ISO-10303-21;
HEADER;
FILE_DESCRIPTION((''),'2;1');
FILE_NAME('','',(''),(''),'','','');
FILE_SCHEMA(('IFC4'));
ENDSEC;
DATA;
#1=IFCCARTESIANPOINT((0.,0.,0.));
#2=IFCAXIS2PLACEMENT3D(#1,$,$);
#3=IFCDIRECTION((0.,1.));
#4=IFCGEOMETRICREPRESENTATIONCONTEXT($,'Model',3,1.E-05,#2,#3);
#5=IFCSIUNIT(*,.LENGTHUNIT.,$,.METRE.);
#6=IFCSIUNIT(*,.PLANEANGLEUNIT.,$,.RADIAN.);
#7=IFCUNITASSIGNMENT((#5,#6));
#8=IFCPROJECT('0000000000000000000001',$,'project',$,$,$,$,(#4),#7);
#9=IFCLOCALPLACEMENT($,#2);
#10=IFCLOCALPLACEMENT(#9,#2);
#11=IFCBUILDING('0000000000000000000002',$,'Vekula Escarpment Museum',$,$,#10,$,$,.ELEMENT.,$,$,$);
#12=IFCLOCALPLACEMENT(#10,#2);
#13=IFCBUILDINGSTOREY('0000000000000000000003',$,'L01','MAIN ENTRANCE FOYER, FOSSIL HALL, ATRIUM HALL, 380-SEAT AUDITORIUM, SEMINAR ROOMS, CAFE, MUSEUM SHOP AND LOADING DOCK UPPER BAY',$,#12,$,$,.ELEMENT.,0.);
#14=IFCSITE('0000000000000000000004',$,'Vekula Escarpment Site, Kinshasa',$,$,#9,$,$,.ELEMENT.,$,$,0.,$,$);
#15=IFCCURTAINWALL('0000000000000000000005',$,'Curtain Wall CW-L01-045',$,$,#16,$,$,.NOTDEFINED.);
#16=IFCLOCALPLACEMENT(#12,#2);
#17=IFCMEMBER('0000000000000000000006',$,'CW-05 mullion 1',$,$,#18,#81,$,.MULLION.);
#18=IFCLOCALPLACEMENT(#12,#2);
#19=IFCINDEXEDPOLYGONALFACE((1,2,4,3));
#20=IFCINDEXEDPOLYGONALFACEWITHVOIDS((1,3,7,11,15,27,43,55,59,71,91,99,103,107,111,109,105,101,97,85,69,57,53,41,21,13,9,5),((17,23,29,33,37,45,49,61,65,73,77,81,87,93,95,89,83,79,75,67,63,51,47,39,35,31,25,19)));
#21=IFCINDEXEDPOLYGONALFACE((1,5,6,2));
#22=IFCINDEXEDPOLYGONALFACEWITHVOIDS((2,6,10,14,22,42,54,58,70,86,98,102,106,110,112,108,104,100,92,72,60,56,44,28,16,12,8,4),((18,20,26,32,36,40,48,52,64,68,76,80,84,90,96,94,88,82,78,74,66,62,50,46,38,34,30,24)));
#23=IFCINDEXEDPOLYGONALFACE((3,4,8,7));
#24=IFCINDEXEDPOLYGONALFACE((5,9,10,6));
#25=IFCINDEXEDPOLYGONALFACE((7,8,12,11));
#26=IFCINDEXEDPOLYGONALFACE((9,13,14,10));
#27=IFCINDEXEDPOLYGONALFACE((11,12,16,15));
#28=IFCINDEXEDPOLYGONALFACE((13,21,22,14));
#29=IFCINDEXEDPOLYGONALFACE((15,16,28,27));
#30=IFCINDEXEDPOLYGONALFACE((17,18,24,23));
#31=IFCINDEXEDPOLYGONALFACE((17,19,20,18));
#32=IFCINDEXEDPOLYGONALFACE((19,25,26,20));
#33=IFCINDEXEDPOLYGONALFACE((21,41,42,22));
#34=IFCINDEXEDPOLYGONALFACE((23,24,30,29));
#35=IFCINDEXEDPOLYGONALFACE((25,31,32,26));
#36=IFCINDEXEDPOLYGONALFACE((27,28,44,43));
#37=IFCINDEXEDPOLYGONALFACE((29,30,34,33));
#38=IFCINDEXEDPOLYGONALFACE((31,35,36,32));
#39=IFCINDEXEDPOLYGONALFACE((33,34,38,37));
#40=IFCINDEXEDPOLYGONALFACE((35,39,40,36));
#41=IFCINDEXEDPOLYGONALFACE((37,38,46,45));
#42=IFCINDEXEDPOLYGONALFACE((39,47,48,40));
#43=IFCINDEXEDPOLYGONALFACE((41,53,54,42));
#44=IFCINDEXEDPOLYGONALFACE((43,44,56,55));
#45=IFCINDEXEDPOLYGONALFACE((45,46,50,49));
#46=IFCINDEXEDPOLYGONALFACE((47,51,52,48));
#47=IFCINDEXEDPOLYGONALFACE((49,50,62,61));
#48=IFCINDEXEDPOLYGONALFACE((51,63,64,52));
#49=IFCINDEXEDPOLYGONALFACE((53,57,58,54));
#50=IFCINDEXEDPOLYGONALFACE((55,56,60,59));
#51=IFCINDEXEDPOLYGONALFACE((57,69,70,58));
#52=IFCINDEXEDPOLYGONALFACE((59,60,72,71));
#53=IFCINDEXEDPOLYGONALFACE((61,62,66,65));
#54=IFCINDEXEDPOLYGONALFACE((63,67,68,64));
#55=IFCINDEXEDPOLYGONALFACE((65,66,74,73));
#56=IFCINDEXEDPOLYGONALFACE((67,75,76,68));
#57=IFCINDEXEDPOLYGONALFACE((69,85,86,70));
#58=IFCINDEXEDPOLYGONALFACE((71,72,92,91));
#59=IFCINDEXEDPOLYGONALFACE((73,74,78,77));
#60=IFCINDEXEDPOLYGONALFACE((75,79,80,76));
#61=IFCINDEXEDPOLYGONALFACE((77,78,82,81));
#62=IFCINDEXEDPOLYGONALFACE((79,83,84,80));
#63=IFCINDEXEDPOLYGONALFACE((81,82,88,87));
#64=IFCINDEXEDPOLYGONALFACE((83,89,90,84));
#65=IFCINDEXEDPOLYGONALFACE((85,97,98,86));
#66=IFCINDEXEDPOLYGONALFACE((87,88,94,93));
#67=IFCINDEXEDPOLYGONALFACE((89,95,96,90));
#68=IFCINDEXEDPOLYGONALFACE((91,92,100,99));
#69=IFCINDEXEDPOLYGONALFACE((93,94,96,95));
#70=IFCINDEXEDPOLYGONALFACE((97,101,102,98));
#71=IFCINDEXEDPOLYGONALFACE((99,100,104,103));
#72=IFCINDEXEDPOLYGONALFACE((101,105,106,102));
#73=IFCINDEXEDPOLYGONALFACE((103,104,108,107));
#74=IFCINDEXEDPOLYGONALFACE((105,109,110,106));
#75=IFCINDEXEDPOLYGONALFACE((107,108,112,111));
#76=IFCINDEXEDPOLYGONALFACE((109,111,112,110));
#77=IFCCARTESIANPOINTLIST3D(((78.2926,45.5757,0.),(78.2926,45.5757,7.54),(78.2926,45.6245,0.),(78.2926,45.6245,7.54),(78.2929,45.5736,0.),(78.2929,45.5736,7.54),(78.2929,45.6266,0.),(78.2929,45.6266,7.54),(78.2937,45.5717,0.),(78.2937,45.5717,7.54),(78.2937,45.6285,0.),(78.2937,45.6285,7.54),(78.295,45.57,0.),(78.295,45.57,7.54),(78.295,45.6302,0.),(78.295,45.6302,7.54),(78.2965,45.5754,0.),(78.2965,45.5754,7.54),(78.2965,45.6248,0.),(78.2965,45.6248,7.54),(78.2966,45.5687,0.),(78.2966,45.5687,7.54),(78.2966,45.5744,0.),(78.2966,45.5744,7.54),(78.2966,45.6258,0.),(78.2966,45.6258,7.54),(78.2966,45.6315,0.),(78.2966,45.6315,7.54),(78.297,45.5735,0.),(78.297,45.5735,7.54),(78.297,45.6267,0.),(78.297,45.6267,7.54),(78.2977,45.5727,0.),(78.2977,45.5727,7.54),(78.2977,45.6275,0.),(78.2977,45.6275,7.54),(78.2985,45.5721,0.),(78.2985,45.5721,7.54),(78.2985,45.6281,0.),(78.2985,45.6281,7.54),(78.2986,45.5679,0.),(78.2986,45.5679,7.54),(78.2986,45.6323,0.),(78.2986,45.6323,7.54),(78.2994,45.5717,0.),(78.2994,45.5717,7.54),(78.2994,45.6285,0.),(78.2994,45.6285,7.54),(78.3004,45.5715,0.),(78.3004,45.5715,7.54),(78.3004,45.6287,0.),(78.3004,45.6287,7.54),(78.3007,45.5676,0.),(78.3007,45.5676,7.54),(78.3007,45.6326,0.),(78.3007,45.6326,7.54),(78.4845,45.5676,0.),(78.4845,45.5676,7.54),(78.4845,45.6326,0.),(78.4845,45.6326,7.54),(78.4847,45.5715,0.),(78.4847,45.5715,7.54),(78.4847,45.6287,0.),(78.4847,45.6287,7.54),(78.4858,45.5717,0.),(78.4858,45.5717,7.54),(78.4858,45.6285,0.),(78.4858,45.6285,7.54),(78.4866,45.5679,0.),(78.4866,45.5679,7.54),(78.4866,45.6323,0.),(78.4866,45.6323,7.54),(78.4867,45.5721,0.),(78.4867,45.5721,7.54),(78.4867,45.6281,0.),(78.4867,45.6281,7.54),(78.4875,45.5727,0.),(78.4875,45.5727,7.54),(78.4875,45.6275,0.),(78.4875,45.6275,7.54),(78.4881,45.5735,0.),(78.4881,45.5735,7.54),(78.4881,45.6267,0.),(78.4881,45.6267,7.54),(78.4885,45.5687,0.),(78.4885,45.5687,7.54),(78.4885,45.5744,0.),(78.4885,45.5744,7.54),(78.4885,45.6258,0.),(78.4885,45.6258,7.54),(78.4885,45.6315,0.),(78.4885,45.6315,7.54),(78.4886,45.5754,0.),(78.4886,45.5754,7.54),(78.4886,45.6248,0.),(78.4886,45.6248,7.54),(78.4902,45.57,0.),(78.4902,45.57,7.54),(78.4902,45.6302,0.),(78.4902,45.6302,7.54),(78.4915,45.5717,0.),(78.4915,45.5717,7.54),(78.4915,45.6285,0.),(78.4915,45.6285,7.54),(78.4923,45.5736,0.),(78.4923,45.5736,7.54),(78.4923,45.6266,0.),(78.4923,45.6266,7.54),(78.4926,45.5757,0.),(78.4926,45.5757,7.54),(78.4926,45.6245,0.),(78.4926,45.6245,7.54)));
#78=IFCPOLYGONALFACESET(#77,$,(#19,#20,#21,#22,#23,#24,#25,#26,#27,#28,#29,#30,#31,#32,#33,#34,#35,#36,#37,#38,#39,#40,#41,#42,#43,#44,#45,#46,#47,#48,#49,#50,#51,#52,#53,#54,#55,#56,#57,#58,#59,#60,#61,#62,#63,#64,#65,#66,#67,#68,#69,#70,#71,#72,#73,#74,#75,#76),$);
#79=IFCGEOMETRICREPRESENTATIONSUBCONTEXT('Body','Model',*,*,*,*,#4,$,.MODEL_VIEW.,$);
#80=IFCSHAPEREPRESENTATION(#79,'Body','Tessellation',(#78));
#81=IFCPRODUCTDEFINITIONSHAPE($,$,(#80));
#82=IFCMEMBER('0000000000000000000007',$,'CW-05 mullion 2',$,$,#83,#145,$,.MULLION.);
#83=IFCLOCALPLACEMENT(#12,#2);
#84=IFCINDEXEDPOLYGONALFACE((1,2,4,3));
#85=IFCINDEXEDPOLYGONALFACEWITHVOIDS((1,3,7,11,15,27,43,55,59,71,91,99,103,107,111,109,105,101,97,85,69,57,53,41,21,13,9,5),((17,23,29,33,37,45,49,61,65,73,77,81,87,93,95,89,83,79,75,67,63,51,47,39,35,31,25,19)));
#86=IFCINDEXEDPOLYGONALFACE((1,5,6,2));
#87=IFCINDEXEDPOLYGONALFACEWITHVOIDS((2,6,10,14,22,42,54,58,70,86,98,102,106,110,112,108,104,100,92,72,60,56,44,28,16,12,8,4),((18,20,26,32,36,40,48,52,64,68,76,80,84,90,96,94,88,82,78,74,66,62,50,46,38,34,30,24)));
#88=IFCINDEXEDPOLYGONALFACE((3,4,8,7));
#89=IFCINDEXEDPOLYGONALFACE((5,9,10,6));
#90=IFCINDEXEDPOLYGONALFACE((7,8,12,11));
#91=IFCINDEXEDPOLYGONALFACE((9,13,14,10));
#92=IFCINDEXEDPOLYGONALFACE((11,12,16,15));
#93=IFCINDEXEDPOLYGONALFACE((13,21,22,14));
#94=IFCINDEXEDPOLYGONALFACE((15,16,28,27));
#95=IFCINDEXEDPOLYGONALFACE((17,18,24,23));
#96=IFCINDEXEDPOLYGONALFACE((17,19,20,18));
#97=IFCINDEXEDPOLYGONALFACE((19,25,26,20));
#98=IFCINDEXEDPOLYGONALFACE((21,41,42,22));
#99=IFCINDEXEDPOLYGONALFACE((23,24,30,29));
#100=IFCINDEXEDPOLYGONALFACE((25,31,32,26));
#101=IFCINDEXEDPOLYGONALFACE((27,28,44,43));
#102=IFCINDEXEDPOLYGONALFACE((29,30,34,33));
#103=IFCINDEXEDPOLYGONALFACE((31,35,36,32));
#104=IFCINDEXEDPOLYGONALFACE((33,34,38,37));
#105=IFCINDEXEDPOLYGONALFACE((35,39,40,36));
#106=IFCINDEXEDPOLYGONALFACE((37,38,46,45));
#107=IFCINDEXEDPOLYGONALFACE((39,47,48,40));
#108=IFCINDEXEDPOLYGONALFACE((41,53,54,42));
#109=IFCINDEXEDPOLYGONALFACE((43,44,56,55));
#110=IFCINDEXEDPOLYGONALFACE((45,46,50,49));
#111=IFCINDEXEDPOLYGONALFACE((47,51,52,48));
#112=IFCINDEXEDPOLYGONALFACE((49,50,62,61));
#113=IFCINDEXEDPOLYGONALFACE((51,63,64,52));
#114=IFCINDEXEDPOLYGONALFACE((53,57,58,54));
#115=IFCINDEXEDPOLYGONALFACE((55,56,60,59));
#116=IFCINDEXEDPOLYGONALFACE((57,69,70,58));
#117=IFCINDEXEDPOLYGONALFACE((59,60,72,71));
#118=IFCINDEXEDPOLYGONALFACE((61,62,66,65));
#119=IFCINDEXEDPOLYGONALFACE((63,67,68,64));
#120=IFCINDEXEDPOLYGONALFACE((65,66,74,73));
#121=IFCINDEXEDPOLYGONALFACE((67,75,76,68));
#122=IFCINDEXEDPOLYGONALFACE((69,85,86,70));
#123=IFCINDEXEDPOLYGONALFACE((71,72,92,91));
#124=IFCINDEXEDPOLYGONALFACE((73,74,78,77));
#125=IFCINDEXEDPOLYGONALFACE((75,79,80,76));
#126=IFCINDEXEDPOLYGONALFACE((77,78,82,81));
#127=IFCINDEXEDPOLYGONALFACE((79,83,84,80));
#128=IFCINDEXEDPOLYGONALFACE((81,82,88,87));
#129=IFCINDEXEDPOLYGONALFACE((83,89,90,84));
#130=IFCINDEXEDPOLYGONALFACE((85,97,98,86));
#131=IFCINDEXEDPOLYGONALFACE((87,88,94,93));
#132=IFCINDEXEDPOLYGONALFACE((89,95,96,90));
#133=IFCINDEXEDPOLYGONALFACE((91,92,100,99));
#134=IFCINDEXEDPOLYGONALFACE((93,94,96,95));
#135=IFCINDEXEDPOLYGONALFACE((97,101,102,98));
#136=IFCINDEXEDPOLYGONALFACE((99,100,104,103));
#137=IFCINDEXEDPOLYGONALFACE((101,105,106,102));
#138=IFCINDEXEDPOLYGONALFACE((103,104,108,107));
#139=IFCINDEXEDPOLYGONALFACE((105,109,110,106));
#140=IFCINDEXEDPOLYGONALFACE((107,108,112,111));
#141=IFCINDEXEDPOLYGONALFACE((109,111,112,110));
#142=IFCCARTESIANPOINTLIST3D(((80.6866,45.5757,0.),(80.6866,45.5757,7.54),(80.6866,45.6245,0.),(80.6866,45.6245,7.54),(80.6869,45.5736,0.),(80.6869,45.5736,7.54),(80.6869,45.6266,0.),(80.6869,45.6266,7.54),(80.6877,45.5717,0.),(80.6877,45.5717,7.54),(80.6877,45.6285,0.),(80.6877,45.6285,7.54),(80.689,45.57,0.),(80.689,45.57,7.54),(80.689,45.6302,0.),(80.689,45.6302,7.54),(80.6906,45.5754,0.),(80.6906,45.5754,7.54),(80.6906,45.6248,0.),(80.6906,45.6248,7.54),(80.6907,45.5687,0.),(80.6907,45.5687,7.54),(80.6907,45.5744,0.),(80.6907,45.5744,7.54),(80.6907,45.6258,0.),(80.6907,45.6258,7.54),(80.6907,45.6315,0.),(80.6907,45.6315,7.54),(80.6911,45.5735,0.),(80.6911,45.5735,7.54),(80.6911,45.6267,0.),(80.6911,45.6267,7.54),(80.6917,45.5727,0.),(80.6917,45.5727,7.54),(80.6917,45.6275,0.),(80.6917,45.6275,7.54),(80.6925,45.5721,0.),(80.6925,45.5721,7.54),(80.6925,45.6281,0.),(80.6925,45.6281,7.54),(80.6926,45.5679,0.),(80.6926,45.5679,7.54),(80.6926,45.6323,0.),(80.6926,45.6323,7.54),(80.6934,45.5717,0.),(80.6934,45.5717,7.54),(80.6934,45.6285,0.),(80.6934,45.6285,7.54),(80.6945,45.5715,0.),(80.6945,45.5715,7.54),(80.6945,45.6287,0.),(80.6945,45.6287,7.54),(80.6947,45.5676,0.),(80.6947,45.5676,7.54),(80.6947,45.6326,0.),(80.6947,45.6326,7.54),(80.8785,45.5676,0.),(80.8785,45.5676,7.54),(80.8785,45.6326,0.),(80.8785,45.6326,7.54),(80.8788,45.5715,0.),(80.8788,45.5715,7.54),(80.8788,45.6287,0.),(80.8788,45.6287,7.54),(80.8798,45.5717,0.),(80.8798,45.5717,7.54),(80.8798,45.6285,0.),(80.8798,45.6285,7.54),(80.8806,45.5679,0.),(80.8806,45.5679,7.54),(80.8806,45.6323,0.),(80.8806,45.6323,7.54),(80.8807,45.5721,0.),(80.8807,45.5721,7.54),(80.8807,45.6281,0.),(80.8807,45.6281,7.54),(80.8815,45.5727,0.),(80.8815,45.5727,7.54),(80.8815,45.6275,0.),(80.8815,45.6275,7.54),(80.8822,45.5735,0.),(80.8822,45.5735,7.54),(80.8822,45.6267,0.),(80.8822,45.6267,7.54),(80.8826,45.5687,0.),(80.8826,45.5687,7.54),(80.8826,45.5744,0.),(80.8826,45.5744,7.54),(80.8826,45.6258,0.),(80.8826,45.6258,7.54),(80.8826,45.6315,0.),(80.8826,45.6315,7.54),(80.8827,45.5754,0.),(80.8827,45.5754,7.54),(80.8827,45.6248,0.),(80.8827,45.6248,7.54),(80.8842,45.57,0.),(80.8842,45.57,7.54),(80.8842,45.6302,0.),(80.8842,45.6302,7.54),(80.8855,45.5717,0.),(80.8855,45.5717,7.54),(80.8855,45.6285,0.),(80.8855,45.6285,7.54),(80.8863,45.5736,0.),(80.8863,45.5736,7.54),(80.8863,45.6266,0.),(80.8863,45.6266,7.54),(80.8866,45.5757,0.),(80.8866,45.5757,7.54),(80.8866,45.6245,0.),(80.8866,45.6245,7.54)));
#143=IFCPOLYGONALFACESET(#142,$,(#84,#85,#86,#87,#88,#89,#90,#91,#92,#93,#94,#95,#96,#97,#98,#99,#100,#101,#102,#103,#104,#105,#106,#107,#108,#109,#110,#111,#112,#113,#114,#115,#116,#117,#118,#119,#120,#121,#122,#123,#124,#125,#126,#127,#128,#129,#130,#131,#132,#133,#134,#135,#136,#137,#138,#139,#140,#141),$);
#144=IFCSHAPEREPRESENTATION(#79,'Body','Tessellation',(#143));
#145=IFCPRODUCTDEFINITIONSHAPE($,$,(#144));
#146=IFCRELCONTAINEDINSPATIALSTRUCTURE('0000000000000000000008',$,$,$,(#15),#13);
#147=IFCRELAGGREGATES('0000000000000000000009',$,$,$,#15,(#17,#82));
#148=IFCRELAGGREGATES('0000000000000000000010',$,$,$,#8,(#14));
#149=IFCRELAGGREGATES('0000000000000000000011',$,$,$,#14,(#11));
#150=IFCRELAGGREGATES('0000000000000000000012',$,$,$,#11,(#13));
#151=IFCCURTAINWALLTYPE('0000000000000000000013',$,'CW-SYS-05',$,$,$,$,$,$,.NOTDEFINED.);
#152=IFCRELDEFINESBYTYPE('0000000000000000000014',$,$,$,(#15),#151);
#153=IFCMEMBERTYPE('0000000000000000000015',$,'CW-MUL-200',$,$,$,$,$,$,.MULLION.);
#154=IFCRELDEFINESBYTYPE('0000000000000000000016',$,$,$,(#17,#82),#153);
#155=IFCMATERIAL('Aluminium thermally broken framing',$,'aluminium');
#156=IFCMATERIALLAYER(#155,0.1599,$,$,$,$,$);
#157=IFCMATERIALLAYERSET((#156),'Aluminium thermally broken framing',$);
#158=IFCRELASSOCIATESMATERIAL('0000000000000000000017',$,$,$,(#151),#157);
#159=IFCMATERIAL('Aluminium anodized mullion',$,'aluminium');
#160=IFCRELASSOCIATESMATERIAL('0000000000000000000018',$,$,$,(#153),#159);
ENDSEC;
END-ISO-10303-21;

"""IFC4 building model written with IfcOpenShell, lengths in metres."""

from ifc_helpers import new_model, si_unit, direction, frame, origin, origin_2d, place, context, subcontext, project, spatial, hollow_rectangle, extrude, material, layer, layer_set, material_profile, profile_set, type_object, element, aggregate, save


model = new_model("IFC4")

# Units and contexts
model_context = context("Model", 3, precision=1e-05, world=origin(), true_north=direction((0.0, 1.0)))
body_context = subcontext(model_context, "Body", "Model", "MODEL_VIEW")
ifc_project = project(units=[si_unit("LENGTHUNIT", "METRE"), si_unit("PLANEANGLEUNIT", "RADIAN")], contexts=[model_context])

# Site, building, storey
site_placement = place(None, origin())
site = spatial("IfcSite", under=ifc_project, at=site_placement, Name="Vekula Escarpment Site, Kinshasa", CompositionType="ELEMENT", RefElevation=0.0)
building_placement = place(site_placement, origin())
building = spatial("IfcBuilding", under=site, at=building_placement, Name="Vekula Escarpment Museum", CompositionType="ELEMENT")
storey_placement = place(building_placement, origin())
storey = spatial("IfcBuildingStorey", under=building, at=storey_placement, Name="L01", Description="MAIN ENTRANCE FOYER, FOSSIL HALL, ATRIUM HALL, 380-SEAT AUDITORIUM, SEMINAR ROOMS, CAFE, MUSEUM SHOP AND LOADING DOCK UPPER BAY", CompositionType="ELEMENT", Elevation=0.0)

# Curtain wall, members
ifc_material_1 = material(Name="Aluminium thermally broken framing", Category="aluminium")
ifc_layer_1 = layer(ifc_material_1, 0.1599)
ifc_layer_set_1 = layer_set([ifc_layer_1], Name="Aluminium thermally broken framing")
curtain_wall_type = type_object("IfcCurtainWallType", Name="CW-SYS-05", PredefinedType="NOTDEFINED", material=ifc_layer_set_1)
curtain_wall_placement = place(storey_placement, origin())
curtain_wall = element("IfcCurtainWall", 1, at=curtain_wall_placement, inside=storey, type_object=curtain_wall_type, Name="Curtain Wall CW-L01-045", PredefinedType="NOTDEFINED")
ifc_material_2 = material(Name="Aluminium anodized mullion", Category="aluminium")
ifc_material_profile_1 = material_profile(ifc_material_2, hollow_rectangle(XDim=0.0649, YDim=0.2, WallThickness=0.0039, InnerFilletRadius=0.0039, OuterFilletRadius=0.0081, at=origin_2d()), Name="ALU 200x65x4")
ifc_profile_set_1 = profile_set([ifc_material_profile_1], Name="Aluminium anodized mullion")
member_type_1 = type_object("IfcMemberType", Name="CW-MUL-200", PredefinedType="MULLION", material=ifc_profile_set_1)
member_1_placement = place(storey_placement, frame((78.3926, 45.6001, 0.0), z_axis=(0.0, 0.0, 1.0), x_axis=(0.0, 1.0, 0.0)))
member_1 = element("IfcMember", 2, at=member_1_placement, type_object=member_type_1, Name="CW-05 mullion 1", PredefinedType="MULLION", context=body_context, shape_type="SweptSolid", body=[
    extrude(hollow_rectangle(XDim=0.0649, YDim=0.2, WallThickness=0.0039, InnerFilletRadius=0.0039, OuterFilletRadius=0.0081, at=origin_2d()), origin(), (0.0, 0.0, 1.0), 7.54),
])
member_2_placement = place(storey_placement, frame((80.7866, 45.6001, 0.0), z_axis=(0.0, 0.0, 1.0), x_axis=(0.0, 1.0, 0.0)))
member_2 = element("IfcMember", 3, at=member_2_placement, type_object=member_type_1, Name="CW-05 mullion 2", PredefinedType="MULLION", context=body_context, shape_type="SweptSolid", body=[
    extrude(hollow_rectangle(XDim=0.0649, YDim=0.2, WallThickness=0.0039, InnerFilletRadius=0.0039, OuterFilletRadius=0.0081, at=origin_2d()), origin(), (0.0, 0.0, 1.0), 7.54),
])

aggregate(curtain_wall, [member_1, member_2])

save(model, "model.ifc")
